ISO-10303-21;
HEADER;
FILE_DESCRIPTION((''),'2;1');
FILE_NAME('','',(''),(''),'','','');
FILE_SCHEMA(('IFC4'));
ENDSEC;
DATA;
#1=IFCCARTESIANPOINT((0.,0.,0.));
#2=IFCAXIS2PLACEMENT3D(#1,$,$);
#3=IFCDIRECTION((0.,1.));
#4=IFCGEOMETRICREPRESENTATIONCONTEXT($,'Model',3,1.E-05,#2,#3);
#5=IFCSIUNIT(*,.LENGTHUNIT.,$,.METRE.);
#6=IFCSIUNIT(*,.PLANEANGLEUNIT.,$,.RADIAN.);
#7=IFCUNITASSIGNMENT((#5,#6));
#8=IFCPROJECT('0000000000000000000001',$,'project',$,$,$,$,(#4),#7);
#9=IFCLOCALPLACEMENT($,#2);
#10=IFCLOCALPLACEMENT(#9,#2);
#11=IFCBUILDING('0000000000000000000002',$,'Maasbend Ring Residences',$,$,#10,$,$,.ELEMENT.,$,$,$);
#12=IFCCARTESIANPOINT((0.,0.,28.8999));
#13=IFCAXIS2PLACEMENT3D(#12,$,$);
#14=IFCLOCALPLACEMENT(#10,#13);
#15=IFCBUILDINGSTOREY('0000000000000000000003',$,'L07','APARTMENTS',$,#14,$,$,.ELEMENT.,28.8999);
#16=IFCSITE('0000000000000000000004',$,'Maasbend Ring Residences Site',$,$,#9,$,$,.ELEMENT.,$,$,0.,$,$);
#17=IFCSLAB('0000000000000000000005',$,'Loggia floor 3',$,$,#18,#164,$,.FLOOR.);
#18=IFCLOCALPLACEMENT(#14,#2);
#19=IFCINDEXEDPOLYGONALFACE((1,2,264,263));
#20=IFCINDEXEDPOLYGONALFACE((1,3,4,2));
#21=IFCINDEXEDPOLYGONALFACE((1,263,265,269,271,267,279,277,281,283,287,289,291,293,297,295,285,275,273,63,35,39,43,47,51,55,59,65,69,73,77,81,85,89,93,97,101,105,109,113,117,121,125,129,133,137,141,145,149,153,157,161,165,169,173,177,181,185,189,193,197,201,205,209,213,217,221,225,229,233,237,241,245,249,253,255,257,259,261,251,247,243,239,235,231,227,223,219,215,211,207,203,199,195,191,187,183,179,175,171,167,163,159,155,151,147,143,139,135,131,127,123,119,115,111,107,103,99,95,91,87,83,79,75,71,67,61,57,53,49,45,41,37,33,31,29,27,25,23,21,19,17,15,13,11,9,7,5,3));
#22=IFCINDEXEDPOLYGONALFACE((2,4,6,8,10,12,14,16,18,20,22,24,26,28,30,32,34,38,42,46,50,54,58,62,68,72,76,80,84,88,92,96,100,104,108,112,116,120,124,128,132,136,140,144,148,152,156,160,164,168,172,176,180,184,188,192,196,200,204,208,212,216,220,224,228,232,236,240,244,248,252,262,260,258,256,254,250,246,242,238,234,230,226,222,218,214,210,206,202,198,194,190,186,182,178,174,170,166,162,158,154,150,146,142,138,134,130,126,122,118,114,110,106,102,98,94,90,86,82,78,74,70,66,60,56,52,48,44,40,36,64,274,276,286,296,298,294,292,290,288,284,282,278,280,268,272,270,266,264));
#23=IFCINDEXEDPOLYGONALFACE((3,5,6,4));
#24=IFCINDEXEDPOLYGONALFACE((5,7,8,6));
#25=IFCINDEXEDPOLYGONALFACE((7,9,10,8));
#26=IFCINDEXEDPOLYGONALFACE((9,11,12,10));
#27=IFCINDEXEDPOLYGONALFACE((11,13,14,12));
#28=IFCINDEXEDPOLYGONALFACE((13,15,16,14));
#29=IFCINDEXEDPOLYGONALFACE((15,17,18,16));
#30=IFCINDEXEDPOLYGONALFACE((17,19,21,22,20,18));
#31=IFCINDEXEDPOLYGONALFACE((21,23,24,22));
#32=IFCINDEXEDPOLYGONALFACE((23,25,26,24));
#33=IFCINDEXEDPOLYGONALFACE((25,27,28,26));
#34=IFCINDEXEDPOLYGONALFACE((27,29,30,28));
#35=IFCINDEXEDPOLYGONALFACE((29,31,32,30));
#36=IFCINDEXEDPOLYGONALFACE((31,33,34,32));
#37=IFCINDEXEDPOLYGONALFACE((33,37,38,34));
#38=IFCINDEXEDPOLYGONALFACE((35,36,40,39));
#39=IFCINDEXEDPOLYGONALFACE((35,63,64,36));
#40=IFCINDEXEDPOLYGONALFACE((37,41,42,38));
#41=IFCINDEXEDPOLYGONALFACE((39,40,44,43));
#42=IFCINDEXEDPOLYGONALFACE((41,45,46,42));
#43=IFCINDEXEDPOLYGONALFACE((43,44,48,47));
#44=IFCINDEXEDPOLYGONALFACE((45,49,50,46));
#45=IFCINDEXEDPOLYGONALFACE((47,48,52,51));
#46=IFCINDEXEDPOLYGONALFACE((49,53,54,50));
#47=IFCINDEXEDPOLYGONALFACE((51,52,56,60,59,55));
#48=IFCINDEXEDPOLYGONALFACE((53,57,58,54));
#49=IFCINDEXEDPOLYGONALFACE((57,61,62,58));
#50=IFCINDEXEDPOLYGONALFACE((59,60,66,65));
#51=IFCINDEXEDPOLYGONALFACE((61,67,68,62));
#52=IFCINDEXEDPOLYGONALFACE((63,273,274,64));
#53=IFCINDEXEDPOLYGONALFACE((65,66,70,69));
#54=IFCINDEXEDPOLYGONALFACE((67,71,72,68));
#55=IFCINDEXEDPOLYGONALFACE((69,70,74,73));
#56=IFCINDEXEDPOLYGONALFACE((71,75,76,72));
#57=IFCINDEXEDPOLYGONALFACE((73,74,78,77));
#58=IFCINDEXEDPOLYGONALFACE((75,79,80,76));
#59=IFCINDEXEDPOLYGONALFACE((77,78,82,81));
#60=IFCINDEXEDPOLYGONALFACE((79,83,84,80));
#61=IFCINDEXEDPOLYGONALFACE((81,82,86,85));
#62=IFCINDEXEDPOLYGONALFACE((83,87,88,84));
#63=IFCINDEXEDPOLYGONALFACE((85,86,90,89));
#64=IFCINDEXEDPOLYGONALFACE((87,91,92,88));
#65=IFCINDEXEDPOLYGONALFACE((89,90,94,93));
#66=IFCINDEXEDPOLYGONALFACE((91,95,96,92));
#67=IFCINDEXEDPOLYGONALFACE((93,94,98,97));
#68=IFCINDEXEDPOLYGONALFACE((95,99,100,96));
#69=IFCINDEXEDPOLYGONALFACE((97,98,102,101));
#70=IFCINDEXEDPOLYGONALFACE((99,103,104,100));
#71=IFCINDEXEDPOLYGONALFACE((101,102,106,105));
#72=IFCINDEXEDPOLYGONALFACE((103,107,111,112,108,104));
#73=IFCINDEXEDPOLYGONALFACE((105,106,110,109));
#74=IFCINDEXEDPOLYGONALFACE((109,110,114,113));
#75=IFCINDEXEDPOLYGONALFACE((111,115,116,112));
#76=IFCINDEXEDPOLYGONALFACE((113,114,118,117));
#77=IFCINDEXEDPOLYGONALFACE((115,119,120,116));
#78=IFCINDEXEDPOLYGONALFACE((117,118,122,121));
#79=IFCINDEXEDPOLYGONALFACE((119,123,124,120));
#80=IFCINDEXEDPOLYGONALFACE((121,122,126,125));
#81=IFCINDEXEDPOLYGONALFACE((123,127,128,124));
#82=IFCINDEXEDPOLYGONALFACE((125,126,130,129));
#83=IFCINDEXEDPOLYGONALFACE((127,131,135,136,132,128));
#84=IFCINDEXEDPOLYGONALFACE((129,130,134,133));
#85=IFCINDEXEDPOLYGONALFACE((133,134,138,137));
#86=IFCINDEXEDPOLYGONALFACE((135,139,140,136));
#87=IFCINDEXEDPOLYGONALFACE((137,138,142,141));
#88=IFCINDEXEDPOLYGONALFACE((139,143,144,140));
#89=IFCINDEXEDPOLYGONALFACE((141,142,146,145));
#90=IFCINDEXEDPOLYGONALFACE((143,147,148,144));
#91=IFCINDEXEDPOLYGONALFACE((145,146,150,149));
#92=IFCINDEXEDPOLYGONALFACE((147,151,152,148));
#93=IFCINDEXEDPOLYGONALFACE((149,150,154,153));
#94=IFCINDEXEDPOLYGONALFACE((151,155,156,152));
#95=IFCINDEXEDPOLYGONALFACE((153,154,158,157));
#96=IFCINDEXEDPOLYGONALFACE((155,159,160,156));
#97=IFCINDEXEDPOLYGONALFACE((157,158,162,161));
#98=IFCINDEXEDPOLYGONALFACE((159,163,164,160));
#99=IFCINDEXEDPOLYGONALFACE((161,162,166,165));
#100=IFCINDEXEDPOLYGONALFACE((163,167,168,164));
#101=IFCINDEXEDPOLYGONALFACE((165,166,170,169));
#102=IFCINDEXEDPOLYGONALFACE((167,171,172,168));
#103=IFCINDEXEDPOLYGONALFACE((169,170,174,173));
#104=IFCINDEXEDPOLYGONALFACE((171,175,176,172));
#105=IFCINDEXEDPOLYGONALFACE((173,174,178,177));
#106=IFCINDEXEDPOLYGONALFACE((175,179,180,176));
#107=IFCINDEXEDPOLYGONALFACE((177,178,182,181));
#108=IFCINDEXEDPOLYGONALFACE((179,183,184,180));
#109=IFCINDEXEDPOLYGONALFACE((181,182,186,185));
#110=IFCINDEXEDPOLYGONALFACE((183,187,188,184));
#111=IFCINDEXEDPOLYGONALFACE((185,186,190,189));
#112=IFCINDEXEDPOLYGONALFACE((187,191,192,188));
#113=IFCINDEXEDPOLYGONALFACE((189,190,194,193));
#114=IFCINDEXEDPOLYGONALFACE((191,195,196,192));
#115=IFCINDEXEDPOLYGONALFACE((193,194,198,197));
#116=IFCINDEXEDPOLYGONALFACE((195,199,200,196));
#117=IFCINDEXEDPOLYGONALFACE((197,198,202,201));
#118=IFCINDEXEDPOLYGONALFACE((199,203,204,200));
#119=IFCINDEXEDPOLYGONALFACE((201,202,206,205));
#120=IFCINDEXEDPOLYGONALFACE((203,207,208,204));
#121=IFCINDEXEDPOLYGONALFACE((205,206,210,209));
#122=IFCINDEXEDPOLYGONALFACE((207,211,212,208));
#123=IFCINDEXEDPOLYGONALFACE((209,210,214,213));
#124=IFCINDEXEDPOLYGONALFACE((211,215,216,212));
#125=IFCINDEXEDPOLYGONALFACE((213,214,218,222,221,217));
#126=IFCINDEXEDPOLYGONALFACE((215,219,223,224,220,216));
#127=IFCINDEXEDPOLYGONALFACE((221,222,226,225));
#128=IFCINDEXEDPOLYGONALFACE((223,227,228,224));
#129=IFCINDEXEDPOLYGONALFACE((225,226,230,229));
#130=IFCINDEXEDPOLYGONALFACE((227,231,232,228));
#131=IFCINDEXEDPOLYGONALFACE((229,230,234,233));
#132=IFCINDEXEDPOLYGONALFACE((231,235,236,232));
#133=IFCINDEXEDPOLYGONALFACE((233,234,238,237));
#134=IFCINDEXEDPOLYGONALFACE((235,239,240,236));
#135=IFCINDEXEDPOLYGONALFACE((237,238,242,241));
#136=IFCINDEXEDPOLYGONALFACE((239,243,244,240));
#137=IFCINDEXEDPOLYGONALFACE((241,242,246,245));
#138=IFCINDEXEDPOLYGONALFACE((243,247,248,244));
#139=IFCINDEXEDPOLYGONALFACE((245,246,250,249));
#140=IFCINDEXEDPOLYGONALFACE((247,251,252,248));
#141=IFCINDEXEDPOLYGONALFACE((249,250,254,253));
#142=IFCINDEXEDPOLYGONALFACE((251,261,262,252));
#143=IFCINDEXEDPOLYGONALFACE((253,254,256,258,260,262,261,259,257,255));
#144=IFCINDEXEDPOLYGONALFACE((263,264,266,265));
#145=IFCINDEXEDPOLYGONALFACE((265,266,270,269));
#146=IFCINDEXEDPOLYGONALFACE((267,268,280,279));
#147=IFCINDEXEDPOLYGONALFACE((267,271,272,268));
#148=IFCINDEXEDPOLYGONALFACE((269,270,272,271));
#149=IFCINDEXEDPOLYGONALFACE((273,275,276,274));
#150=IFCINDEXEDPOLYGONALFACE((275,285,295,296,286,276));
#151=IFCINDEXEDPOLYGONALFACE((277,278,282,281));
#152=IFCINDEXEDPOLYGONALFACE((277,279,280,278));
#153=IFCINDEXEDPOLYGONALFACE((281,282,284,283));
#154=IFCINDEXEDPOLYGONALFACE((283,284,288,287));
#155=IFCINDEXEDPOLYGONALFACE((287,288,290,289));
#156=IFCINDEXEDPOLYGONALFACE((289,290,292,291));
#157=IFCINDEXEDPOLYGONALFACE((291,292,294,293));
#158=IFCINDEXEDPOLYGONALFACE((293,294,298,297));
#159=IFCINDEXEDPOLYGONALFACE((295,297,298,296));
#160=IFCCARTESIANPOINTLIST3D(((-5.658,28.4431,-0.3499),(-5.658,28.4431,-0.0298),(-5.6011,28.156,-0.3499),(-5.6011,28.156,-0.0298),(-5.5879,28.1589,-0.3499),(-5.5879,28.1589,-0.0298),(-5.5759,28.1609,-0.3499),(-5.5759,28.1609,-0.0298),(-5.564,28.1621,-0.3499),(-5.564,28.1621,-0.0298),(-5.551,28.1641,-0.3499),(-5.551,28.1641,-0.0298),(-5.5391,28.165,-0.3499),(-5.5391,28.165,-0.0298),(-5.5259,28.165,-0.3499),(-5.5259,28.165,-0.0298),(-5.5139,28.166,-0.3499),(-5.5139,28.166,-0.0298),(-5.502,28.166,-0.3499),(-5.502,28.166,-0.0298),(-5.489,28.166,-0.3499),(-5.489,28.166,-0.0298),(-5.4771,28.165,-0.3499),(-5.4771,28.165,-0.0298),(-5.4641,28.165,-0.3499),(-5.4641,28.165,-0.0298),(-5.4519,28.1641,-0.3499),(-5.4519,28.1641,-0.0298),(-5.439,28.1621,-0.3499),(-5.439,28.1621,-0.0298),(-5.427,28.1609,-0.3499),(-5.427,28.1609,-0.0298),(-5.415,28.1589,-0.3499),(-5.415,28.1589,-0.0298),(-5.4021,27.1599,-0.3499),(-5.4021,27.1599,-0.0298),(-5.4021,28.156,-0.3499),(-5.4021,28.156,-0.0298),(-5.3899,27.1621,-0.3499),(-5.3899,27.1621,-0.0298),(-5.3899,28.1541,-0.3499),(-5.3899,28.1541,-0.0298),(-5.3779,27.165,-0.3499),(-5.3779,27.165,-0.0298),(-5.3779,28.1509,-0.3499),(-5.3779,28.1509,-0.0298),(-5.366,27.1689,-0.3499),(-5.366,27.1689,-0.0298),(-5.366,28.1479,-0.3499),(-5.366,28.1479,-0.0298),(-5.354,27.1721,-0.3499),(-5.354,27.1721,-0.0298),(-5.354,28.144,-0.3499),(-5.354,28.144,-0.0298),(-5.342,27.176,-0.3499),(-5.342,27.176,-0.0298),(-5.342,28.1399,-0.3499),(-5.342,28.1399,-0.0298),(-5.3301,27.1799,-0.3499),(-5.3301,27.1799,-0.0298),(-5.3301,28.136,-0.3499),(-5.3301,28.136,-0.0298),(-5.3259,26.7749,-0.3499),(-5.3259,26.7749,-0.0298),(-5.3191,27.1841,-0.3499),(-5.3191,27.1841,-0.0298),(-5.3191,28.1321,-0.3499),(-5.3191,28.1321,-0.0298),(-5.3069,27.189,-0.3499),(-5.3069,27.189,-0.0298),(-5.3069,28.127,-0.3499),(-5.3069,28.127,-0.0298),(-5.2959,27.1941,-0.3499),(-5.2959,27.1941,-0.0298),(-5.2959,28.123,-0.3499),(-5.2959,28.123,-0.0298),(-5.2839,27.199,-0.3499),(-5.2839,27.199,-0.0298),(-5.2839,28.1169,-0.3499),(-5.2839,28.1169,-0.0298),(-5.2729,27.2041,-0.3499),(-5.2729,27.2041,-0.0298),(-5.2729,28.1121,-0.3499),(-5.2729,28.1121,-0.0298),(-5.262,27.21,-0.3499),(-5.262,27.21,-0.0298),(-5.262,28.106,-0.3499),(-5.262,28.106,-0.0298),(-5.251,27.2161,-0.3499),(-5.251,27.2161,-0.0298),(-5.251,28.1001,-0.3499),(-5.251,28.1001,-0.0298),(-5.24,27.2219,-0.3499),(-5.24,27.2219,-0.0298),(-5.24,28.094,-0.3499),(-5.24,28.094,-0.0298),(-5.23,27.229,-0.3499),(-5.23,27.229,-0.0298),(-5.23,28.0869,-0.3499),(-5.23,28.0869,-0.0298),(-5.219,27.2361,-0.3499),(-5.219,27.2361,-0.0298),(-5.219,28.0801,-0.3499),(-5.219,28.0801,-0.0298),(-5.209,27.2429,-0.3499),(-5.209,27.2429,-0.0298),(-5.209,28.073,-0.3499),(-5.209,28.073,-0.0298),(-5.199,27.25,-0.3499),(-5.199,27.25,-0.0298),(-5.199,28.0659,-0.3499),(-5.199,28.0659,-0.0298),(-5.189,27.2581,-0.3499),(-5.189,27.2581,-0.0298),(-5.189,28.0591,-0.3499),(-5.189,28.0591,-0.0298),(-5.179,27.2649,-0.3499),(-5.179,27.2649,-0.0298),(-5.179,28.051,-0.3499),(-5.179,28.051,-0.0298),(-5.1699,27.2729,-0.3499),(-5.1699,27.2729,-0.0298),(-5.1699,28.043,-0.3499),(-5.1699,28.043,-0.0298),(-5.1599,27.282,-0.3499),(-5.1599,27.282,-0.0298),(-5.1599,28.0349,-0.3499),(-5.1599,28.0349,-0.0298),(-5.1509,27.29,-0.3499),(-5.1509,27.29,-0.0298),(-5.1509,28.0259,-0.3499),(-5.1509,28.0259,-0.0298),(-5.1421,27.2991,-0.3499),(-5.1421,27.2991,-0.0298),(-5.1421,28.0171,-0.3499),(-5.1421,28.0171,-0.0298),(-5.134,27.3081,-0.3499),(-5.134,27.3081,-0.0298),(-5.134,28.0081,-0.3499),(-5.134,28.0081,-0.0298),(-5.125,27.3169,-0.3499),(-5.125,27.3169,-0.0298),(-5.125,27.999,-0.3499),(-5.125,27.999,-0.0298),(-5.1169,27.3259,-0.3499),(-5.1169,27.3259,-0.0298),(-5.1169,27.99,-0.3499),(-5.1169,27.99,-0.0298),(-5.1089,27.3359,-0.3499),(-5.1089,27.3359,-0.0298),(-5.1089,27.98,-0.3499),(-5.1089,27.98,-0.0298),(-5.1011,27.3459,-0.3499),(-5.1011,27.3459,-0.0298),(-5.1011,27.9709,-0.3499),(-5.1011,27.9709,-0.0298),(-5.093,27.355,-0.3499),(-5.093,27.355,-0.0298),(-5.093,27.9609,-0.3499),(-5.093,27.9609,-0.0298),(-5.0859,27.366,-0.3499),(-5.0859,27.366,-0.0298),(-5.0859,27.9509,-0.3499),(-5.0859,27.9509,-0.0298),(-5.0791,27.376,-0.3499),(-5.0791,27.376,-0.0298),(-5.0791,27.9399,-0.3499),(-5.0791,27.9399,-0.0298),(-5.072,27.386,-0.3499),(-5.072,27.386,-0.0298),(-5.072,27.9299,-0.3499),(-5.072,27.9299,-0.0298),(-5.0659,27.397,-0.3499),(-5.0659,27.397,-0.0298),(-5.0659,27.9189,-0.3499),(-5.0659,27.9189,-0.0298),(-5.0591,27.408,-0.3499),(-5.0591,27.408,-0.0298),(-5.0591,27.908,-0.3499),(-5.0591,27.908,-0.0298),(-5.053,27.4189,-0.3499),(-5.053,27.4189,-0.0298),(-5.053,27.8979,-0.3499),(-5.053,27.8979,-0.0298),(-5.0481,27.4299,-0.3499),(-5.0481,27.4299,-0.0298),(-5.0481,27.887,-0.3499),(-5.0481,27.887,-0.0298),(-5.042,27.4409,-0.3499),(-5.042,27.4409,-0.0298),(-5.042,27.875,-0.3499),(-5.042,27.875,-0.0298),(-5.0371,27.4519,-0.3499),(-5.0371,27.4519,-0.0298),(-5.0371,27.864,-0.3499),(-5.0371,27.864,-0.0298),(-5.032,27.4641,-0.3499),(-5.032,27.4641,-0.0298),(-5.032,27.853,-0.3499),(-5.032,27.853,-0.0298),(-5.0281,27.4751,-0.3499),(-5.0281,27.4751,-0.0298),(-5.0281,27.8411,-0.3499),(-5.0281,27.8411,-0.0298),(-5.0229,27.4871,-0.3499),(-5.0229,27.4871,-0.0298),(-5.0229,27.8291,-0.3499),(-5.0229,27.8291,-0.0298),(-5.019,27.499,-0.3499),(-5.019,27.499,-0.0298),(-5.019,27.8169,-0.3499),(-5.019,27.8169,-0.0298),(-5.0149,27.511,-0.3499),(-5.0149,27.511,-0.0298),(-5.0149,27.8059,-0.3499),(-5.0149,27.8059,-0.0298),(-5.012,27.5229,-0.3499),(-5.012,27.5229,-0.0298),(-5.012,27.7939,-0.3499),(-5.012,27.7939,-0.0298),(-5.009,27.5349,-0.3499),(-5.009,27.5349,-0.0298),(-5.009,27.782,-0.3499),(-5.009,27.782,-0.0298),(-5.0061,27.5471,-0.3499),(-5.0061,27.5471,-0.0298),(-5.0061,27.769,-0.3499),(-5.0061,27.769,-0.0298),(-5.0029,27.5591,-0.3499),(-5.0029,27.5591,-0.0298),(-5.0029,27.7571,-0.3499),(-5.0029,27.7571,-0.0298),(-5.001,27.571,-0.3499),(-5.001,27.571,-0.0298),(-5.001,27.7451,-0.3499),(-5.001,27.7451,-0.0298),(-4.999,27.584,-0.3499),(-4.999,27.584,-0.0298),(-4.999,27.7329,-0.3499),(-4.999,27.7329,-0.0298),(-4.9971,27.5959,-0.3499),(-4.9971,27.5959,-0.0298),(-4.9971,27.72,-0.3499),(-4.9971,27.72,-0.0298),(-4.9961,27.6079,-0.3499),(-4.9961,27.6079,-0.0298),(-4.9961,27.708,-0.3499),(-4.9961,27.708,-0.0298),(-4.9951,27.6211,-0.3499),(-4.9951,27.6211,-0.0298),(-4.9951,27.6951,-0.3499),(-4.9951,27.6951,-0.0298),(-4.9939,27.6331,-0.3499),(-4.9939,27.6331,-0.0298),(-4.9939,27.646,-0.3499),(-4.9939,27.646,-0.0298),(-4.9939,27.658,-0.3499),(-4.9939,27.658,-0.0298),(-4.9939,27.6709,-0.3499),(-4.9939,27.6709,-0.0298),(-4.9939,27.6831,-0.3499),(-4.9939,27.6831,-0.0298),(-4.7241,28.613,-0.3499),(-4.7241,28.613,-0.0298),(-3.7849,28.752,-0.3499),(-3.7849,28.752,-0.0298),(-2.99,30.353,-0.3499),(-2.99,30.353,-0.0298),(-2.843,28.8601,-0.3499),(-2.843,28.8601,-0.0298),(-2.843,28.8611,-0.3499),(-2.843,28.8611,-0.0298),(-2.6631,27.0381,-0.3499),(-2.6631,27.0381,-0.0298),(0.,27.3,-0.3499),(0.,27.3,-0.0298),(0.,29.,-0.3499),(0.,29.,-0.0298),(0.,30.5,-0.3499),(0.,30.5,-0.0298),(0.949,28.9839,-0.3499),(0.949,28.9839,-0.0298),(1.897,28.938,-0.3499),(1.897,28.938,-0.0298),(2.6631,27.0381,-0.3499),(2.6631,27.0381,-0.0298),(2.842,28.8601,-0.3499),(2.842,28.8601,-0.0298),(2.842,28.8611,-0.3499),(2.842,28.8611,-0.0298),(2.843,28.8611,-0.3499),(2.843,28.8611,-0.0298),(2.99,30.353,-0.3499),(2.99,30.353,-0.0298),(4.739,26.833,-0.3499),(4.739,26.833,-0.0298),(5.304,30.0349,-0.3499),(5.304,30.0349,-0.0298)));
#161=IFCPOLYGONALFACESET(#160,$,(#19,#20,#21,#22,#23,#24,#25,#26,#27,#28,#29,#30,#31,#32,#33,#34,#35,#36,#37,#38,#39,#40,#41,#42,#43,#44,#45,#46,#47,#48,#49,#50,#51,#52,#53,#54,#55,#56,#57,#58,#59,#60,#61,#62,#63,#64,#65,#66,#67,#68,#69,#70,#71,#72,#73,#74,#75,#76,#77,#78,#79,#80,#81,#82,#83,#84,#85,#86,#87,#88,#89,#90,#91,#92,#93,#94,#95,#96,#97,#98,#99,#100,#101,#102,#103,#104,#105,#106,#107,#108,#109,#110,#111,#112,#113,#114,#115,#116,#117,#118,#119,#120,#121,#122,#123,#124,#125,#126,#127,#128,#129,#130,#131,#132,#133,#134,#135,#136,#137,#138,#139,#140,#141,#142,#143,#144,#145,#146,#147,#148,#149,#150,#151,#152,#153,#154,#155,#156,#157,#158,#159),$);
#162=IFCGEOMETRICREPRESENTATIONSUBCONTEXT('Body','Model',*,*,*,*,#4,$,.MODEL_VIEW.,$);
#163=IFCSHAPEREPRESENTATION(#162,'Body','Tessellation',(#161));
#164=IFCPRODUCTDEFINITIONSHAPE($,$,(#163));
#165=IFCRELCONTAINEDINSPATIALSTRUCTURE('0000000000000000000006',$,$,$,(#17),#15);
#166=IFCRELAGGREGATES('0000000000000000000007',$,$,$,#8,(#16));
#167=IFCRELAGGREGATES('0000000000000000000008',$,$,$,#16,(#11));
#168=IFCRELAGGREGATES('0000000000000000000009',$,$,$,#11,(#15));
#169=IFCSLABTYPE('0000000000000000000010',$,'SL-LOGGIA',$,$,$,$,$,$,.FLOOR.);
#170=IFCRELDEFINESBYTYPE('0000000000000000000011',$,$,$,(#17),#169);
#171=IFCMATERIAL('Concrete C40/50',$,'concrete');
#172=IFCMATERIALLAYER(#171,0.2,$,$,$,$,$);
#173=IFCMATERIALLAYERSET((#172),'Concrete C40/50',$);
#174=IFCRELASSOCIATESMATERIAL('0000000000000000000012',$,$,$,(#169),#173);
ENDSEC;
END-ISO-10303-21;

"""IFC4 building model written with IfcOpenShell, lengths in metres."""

from ifc_helpers import new_model, si_unit, direction, frame, origin, place, context, subcontext, project, spatial, polyline, outline, extrude, material, layer, layer_set, type_object, element, save


model = new_model("IFC4")

# Units and contexts
model_context = context("Model", 3, precision=1e-05, world=origin(), true_north=direction((0.0, 1.0)))
body_context = subcontext(model_context, "Body", "Model", "MODEL_VIEW")
ifc_project = project(units=[si_unit("LENGTHUNIT", "METRE"), si_unit("PLANEANGLEUNIT", "RADIAN")], contexts=[model_context])

# Site, building, storey
site_placement = place(None, origin())
site = spatial("IfcSite", under=ifc_project, at=site_placement, Name="Maasbend Ring Residences Site", CompositionType="ELEMENT", RefElevation=0.0)
building_placement = place(site_placement, origin())
building = spatial("IfcBuilding", under=site, at=building_placement, Name="Maasbend Ring Residences", CompositionType="ELEMENT")
storey_placement = place(building_placement, frame((0.0, 0.0, 28.8999)))
storey = spatial("IfcBuildingStorey", under=building, at=storey_placement, Name="L07", Description="APARTMENTS", CompositionType="ELEMENT", Elevation=28.8999)

# Slab
ifc_material_1 = material(Name="Concrete C40/50", Category="concrete")
ifc_layer_1 = layer(ifc_material_1, 0.2)
ifc_layer_set_1 = layer_set([ifc_layer_1], Name="Concrete C40/50")
slab_type_1 = type_object("IfcSlabType", Name="SL-LOGGIA", PredefinedType="FLOOR", material=ifc_layer_set_1)
slab_1_placement = place(storey_placement, frame((0.0, 0.0, -0.3499)))
element("IfcSlab", 1, at=slab_1_placement, inside=storey, type_object=slab_type_1, Name="Loggia floor 3", PredefinedType="FLOOR", context=body_context, shape_type="SweptSolid", body=[
    extrude(outline(polyline([(-3.7849, 28.752), (-2.843, 28.8601), (-2.843, 28.8601), (-2.843, 28.8601), (-2.843, 28.8601), (-2.843, 28.8601), (-2.843, 28.8601), (-2.843, 28.8601), (-2.843, 28.8601), (-2.843, 28.8601), (-2.843, 28.8611), (-2.843, 28.8611), (-2.843, 28.8611), (-2.843, 28.8611), (-2.843, 28.8611), (-2.843, 28.8611), (-2.843, 28.8611), (-2.843, 28.8611), (-2.99, 30.353), (-2.99, 30.353), (-2.99, 30.353), (0.0, 30.5), (0.0, 30.5), (0.0, 30.5), (0.0, 29.0), (0.0, 29.0), (0.0, 29.0), (0.0, 29.0), (0.0, 29.0), (0.0, 29.0), (0.0, 29.0), (0.0, 29.0), (0.0, 29.0), (0.0, 29.0), (0.0, 29.0), (0.0, 29.0), (0.0, 29.0), (0.0, 29.0), (0.0, 29.0), (0.0, 29.0), (0.0, 29.0), (0.949, 28.9839), (0.949, 28.9839), (1.897, 28.938), (1.897, 28.938), (2.842, 28.8601), (2.842, 28.8601), (2.842, 28.8601), (2.842, 28.8601), (2.842, 28.8601), (2.842, 28.8601), (2.842, 28.8601), (2.842, 28.8601), (2.842, 28.8611), (2.842, 28.8611), (2.842, 28.8611), (2.842, 28.8611), (2.842, 28.8611), (2.843, 28.8611), (2.843, 28.8611), (2.843, 28.8611), (2.843, 28.8611), (2.99, 30.353), (2.99, 30.353), (2.99, 30.353), (5.304, 30.0349), (5.304, 30.0349), (5.304, 30.0349), (4.739, 26.833), (4.739, 26.833), (4.739, 26.833), (2.6631, 27.0381), (0.0, 27.3), (0.0, 27.3), (0.0, 27.3), (-2.6631, 27.0381), (-5.3259, 26.7749), (-5.3259, 26.7749), (-5.3259, 26.7749), (-5.4021, 27.1599), (-5.4021, 27.1599), (-5.3899, 27.1621), (-5.3779, 27.165), (-5.366, 27.1689), (-5.354, 27.1721), (-5.342, 27.176), (-5.3301, 27.1799), (-5.3191, 27.1841), (-5.3069, 27.189), (-5.2959, 27.1941), (-5.2839, 27.199), (-5.2729, 27.2041), (-5.262, 27.21), (-5.251, 27.2161), (-5.24, 27.2219), (-5.23, 27.229), (-5.219, 27.2361), (-5.209, 27.2429), (-5.199, 27.25), (-5.189, 27.2581), (-5.179, 27.2649), (-5.1699, 27.2729), (-5.1599, 27.282), (-5.1509, 27.29), (-5.1421, 27.2991), (-5.134, 27.3081), (-5.125, 27.3169), (-5.1169, 27.3259), (-5.1089, 27.3359), (-5.1011, 27.3459), (-5.093, 27.355), (-5.0859, 27.366), (-5.0791, 27.376), (-5.072, 27.386), (-5.0659, 27.397), (-5.0591, 27.408), (-5.053, 27.4189), (-5.0481, 27.4299), (-5.042, 27.4409), (-5.0371, 27.4519), (-5.032, 27.4641), (-5.0281, 27.4751), (-5.0229, 27.4871), (-5.019, 27.499), (-5.0149, 27.511), (-5.012, 27.5229), (-5.009, 27.5349), (-5.0061, 27.5471), (-5.0029, 27.5591), (-5.001, 27.571), (-4.999, 27.584), (-4.9971, 27.5959), (-4.9961, 27.6079), (-4.9951, 27.6211), (-4.9939, 27.6331), (-4.9939, 27.646), (-4.9939, 27.658), (-4.9939, 27.6709), (-4.9939, 27.6831), (-4.9951, 27.6951), (-4.9961, 27.708), (-4.9971, 27.72), (-4.999, 27.7329), (-5.001, 27.7451), (-5.0029, 27.7571), (-5.0061, 27.769), (-5.009, 27.782), (-5.012, 27.7939), (-5.0149, 27.8059), (-5.019, 27.8169), (-5.0229, 27.8291), (-5.0281, 27.8411), (-5.032, 27.853), (-5.0371, 27.864), (-5.042, 27.875), (-5.0481, 27.887), (-5.053, 27.8979), (-5.0591, 27.908), (-5.0659, 27.9189), (-5.072, 27.9299), (-5.0791, 27.9399), (-5.0859, 27.9509), (-5.093, 27.9609), (-5.1011, 27.9709), (-5.1089, 27.98), (-5.1169, 27.99), (-5.125, 27.999), (-5.134, 28.0081), (-5.1421, 28.0171), (-5.1509, 28.0259), (-5.1599, 28.0349), (-5.1699, 28.043), (-5.179, 28.051), (-5.189, 28.0591), (-5.199, 28.0659), (-5.209, 28.073), (-5.219, 28.0801), (-5.23, 28.0869), (-5.24, 28.094), (-5.251, 28.1001), (-5.262, 28.106), (-5.2729, 28.1121), (-5.2839, 28.1169), (-5.2959, 28.123), (-5.3069, 28.127), (-5.3191, 28.1321), (-5.3301, 28.136), (-5.342, 28.1399), (-5.354, 28.144), (-5.366, 28.1479), (-5.3779, 28.1509), (-5.3899, 28.1541), (-5.4021, 28.156), (-5.415, 28.1589), (-5.427, 28.1609), (-5.439, 28.1621), (-5.4519, 28.1641), (-5.4641, 28.165), (-5.4771, 28.165), (-5.489, 28.166), (-5.502, 28.166), (-5.5139, 28.166), (-5.5259, 28.165), (-5.5391, 28.165), (-5.551, 28.1641), (-5.564, 28.1621), (-5.5759, 28.1609), (-5.5879, 28.1589), (-5.6011, 28.156), (-5.6011, 28.156), (-5.658, 28.4431), (-5.658, 28.4431), (-5.658, 28.4431), (-4.7241, 28.613), (-4.7241, 28.613), (-3.7849, 28.752), (-3.7849, 28.752)])), origin(), (0.0, 0.0, 1.0), 0.3201),
])

save(model, "model.ifc")
